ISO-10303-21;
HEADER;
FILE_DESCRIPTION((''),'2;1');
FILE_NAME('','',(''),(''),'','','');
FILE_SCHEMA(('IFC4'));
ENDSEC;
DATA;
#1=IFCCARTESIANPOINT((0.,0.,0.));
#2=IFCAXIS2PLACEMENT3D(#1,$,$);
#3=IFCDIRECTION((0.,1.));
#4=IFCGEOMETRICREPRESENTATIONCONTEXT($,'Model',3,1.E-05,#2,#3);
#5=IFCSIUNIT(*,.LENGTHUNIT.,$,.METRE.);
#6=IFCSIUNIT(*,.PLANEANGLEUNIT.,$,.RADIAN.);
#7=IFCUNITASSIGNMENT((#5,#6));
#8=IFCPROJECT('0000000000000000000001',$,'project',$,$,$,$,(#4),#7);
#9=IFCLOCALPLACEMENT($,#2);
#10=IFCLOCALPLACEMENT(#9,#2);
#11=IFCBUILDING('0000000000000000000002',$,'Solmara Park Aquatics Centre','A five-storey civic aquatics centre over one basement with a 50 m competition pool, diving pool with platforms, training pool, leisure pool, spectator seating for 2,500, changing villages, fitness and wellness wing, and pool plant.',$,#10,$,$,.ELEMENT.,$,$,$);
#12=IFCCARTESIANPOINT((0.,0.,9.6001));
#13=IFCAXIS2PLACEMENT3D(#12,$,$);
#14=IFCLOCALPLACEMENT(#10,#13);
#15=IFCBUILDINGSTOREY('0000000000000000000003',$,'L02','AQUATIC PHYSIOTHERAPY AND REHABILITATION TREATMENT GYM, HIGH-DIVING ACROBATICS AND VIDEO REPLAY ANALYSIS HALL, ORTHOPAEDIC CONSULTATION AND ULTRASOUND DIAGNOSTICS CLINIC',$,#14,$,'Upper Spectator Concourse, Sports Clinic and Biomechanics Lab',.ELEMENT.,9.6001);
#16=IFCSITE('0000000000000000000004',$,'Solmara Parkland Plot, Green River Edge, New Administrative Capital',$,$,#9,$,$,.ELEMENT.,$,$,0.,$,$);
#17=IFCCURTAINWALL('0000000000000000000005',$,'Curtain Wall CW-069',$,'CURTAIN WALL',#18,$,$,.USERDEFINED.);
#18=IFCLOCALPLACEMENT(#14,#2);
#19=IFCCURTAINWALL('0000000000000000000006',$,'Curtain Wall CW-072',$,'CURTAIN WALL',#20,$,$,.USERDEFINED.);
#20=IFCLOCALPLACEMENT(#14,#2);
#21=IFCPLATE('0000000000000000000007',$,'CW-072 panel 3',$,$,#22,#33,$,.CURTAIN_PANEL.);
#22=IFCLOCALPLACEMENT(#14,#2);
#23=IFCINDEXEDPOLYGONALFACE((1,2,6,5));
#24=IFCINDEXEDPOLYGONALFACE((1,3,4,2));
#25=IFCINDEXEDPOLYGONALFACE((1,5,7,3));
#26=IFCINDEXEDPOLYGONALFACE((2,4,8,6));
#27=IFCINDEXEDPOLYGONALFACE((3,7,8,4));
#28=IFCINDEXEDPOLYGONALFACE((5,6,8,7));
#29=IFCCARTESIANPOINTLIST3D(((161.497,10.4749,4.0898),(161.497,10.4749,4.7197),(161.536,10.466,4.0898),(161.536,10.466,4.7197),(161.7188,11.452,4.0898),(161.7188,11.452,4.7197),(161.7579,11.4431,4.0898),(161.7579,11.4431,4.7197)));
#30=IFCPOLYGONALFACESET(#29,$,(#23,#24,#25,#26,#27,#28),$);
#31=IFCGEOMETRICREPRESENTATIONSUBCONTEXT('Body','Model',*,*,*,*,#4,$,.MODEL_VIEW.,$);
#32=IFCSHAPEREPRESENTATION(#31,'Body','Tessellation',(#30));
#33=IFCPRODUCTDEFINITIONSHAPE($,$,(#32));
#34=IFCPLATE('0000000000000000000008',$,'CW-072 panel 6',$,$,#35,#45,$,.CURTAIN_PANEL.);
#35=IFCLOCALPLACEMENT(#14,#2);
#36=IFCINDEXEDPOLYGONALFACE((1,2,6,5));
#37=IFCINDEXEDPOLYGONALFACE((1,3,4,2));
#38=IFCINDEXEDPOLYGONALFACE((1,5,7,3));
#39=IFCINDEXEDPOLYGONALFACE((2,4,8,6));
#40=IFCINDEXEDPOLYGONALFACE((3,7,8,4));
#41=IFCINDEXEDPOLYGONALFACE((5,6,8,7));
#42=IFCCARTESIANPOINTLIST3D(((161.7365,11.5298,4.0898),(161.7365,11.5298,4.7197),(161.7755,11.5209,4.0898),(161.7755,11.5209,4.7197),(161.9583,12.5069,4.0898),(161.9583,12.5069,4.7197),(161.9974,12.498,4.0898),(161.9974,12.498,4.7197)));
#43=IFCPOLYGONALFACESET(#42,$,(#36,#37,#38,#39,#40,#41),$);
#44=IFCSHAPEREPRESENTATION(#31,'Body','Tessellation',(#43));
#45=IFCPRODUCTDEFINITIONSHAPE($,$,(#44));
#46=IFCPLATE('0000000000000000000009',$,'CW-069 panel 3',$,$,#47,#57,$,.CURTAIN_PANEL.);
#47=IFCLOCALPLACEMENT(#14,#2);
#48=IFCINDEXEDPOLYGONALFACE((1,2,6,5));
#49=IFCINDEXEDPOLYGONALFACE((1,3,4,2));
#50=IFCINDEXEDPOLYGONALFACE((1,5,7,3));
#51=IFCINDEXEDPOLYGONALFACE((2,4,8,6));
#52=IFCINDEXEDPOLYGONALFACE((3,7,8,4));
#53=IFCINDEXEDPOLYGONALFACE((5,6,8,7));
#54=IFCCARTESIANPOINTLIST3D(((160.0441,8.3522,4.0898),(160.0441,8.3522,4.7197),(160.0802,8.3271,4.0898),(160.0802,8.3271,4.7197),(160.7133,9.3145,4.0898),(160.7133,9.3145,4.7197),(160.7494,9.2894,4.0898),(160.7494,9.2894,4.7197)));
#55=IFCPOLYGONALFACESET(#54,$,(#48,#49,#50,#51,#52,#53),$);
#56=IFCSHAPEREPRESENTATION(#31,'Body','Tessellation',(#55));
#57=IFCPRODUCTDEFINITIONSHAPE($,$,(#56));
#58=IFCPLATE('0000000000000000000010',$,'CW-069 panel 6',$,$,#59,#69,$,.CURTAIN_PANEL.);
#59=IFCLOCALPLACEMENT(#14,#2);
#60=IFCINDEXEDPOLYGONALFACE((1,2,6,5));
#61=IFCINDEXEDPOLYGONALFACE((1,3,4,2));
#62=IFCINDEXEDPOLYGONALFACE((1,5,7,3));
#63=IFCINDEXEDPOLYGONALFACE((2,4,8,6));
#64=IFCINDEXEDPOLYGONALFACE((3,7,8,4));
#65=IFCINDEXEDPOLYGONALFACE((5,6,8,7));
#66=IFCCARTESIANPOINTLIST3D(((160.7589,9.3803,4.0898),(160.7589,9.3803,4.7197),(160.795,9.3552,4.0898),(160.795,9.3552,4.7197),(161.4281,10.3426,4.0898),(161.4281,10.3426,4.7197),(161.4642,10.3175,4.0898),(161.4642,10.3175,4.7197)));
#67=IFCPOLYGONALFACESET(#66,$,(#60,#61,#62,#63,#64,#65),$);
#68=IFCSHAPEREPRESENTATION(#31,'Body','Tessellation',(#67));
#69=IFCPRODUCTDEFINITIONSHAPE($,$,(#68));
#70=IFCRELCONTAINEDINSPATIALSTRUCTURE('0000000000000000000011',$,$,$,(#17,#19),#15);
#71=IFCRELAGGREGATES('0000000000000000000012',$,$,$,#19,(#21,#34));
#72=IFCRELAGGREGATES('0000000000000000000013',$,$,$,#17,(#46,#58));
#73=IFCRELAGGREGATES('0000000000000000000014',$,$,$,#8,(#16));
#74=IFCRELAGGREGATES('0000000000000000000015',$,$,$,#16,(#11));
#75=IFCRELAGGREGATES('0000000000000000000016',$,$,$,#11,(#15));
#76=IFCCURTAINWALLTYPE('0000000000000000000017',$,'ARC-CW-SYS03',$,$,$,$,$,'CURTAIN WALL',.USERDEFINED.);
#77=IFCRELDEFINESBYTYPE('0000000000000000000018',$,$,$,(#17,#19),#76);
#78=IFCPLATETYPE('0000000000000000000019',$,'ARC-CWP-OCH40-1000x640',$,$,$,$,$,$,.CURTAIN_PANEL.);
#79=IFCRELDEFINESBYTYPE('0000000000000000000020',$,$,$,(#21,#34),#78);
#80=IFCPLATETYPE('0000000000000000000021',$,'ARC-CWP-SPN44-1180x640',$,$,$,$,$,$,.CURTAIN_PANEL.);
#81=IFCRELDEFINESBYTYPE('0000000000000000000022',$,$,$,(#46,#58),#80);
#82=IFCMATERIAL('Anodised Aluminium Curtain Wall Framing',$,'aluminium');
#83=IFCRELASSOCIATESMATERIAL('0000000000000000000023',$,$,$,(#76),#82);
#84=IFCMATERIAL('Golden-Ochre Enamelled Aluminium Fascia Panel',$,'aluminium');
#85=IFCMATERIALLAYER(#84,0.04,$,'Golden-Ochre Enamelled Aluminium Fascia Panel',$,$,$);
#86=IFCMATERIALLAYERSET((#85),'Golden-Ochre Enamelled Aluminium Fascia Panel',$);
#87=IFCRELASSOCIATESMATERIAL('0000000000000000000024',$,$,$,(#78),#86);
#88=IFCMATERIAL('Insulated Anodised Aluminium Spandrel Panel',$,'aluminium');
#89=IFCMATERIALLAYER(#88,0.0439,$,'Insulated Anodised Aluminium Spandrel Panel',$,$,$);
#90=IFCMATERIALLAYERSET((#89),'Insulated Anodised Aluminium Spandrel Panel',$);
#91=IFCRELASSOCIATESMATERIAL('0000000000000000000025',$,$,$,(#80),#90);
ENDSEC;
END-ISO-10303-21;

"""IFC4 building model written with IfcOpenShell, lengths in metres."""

from ifc_helpers import new_model, si_unit, direction, frame, origin, origin_2d, place, context, subcontext, project, spatial, rectangle, extrude, material, layer, layer_set, type_object, element, aggregate, save


model = new_model("IFC4")

# Units and contexts
model_context = context("Model", 3, precision=1e-05, world=origin(), true_north=direction((0.0, 1.0)))
body_context = subcontext(model_context, "Body", "Model", "MODEL_VIEW")
ifc_project = project(units=[si_unit("LENGTHUNIT", "METRE"), si_unit("PLANEANGLEUNIT", "RADIAN")], contexts=[model_context])

# Site, building, storey
site_placement = place(None, origin())
site = spatial("IfcSite", under=ifc_project, at=site_placement, Name="Solmara Parkland Plot, Green River Edge, New Administrative Capital", CompositionType="ELEMENT", RefElevation=0.0)
building_placement = place(site_placement, origin())
building = spatial("IfcBuilding", under=site, at=building_placement, Name="Solmara Park Aquatics Centre", Description="A five-storey civic aquatics centre over one basement with a 50 m competition pool, diving pool with platforms, training pool, leisure pool, spectator seating for 2,500, changing villages, fitness and wellness wing, and pool plant.", CompositionType="ELEMENT")
storey_placement = place(building_placement, frame((0.0, 0.0, 9.6001)))
storey = spatial("IfcBuildingStorey", under=building, at=storey_placement, Name="L02", Description="AQUATIC PHYSIOTHERAPY AND REHABILITATION TREATMENT GYM, HIGH-DIVING ACROBATICS AND VIDEO REPLAY ANALYSIS HALL, ORTHOPAEDIC CONSULTATION AND ULTRASOUND DIAGNOSTICS CLINIC", LongName="Upper Spectator Concourse, Sports Clinic and Biomechanics Lab", CompositionType="ELEMENT", Elevation=9.6001)

# Curtain walls
ifc_material_1 = material(Name="Anodised Aluminium Curtain Wall Framing", Category="aluminium")
curtain_wall_type = type_object("IfcCurtainWallType", Name="ARC-CW-SYS03", ElementType="CURTAIN WALL", PredefinedType="USERDEFINED", material=ifc_material_1)
curtain_wall_1_placement = place(storey_placement, origin())
curtain_wall_1 = element("IfcCurtainWall", 1, at=curtain_wall_1_placement, inside=storey, type_object=curtain_wall_type, Name="Curtain Wall CW-069", ObjectType="CURTAIN WALL", PredefinedType="USERDEFINED")
curtain_wall_2_placement = place(storey_placement, origin())
curtain_wall_2 = element("IfcCurtainWall", 2, at=curtain_wall_2_placement, inside=storey, type_object=curtain_wall_type, Name="Curtain Wall CW-072", ObjectType="CURTAIN WALL", PredefinedType="USERDEFINED")

# Plates
ifc_material_2 = material(Name="Golden-Ochre Enamelled Aluminium Fascia Panel", Category="aluminium")
ifc_layer_1 = layer(ifc_material_2, 0.04, Name="Golden-Ochre Enamelled Aluminium Fascia Panel")
ifc_layer_set_1 = layer_set([ifc_layer_1], Name="Golden-Ochre Enamelled Aluminium Fascia Panel")
plate_type_1 = type_object("IfcPlateType", Name="ARC-CWP-OCH40-1000x640", PredefinedType="CURTAIN_PANEL", material=ifc_layer_set_1)
plate_1_placement = place(storey_placement, frame((161.6274, 10.959, 4.0898), z_axis=(0.0, 0.0, 1.0), x_axis=(0.221421, 0.975178, 0.0)))
plate_1 = element("IfcPlate", 3, at=plate_1_placement, type_object=plate_type_1, Name="CW-072 panel 3", PredefinedType="CURTAIN_PANEL", context=body_context, shape_type="SweptSolid", body=[
    extrude(rectangle(XDim=1.002, YDim=0.04, at=origin_2d()), origin(), (0.0, 0.0, 1.0), 0.6299),
])
plate_2_placement = place(storey_placement, frame((161.8669, 12.0139, 4.0898), z_axis=(0.0, 0.0, 1.0), x_axis=(0.221421, 0.975178, 0.0)))
plate_2 = element("IfcPlate", 4, at=plate_2_placement, type_object=plate_type_1, Name="CW-072 panel 6", PredefinedType="CURTAIN_PANEL", context=body_context, shape_type="SweptSolid", body=[
    extrude(rectangle(XDim=1.002, YDim=0.04, at=origin_2d()), origin(), (0.0, 0.0, 1.0), 0.6299),
])
aggregate(curtain_wall_2, [plate_1, plate_2])
ifc_material_3 = material(Name="Insulated Anodised Aluminium Spandrel Panel", Category="aluminium")
ifc_layer_2 = layer(ifc_material_3, 0.0439, Name="Insulated Anodised Aluminium Spandrel Panel")
ifc_layer_set_2 = layer_set([ifc_layer_2], Name="Insulated Anodised Aluminium Spandrel Panel")
plate_type_2 = type_object("IfcPlateType", Name="ARC-CWP-SPN44-1180x640", PredefinedType="CURTAIN_PANEL", material=ifc_layer_set_2)
plate_3_placement = place(storey_placement, frame((160.3967, 8.8208, 4.0898), z_axis=(0.0, 0.0, 1.0), x_axis=(0.570927, 0.821001, 0.0)))
plate_3 = element("IfcPlate", 5, at=plate_3_placement, type_object=plate_type_2, Name="CW-069 panel 3", PredefinedType="CURTAIN_PANEL", context=body_context, shape_type="SweptSolid", body=[
    extrude(rectangle(XDim=1.1721, YDim=0.0439, at=origin_2d()), origin(), (0.0, 0.0, 1.0), 0.6299),
])
plate_4_placement = place(storey_placement, frame((161.1116, 9.8489, 4.0898), z_axis=(0.0, 0.0, 1.0), x_axis=(0.570927, 0.821001, 0.0)))
plate_4 = element("IfcPlate", 6, at=plate_4_placement, type_object=plate_type_2, Name="CW-069 panel 6", PredefinedType="CURTAIN_PANEL", context=body_context, shape_type="SweptSolid", body=[
    extrude(rectangle(XDim=1.1721, YDim=0.0439, at=origin_2d()), origin(), (0.0, 0.0, 1.0), 0.6299),
])
aggregate(curtain_wall_1, [plate_3, plate_4])

save(model, "model.ifc")
